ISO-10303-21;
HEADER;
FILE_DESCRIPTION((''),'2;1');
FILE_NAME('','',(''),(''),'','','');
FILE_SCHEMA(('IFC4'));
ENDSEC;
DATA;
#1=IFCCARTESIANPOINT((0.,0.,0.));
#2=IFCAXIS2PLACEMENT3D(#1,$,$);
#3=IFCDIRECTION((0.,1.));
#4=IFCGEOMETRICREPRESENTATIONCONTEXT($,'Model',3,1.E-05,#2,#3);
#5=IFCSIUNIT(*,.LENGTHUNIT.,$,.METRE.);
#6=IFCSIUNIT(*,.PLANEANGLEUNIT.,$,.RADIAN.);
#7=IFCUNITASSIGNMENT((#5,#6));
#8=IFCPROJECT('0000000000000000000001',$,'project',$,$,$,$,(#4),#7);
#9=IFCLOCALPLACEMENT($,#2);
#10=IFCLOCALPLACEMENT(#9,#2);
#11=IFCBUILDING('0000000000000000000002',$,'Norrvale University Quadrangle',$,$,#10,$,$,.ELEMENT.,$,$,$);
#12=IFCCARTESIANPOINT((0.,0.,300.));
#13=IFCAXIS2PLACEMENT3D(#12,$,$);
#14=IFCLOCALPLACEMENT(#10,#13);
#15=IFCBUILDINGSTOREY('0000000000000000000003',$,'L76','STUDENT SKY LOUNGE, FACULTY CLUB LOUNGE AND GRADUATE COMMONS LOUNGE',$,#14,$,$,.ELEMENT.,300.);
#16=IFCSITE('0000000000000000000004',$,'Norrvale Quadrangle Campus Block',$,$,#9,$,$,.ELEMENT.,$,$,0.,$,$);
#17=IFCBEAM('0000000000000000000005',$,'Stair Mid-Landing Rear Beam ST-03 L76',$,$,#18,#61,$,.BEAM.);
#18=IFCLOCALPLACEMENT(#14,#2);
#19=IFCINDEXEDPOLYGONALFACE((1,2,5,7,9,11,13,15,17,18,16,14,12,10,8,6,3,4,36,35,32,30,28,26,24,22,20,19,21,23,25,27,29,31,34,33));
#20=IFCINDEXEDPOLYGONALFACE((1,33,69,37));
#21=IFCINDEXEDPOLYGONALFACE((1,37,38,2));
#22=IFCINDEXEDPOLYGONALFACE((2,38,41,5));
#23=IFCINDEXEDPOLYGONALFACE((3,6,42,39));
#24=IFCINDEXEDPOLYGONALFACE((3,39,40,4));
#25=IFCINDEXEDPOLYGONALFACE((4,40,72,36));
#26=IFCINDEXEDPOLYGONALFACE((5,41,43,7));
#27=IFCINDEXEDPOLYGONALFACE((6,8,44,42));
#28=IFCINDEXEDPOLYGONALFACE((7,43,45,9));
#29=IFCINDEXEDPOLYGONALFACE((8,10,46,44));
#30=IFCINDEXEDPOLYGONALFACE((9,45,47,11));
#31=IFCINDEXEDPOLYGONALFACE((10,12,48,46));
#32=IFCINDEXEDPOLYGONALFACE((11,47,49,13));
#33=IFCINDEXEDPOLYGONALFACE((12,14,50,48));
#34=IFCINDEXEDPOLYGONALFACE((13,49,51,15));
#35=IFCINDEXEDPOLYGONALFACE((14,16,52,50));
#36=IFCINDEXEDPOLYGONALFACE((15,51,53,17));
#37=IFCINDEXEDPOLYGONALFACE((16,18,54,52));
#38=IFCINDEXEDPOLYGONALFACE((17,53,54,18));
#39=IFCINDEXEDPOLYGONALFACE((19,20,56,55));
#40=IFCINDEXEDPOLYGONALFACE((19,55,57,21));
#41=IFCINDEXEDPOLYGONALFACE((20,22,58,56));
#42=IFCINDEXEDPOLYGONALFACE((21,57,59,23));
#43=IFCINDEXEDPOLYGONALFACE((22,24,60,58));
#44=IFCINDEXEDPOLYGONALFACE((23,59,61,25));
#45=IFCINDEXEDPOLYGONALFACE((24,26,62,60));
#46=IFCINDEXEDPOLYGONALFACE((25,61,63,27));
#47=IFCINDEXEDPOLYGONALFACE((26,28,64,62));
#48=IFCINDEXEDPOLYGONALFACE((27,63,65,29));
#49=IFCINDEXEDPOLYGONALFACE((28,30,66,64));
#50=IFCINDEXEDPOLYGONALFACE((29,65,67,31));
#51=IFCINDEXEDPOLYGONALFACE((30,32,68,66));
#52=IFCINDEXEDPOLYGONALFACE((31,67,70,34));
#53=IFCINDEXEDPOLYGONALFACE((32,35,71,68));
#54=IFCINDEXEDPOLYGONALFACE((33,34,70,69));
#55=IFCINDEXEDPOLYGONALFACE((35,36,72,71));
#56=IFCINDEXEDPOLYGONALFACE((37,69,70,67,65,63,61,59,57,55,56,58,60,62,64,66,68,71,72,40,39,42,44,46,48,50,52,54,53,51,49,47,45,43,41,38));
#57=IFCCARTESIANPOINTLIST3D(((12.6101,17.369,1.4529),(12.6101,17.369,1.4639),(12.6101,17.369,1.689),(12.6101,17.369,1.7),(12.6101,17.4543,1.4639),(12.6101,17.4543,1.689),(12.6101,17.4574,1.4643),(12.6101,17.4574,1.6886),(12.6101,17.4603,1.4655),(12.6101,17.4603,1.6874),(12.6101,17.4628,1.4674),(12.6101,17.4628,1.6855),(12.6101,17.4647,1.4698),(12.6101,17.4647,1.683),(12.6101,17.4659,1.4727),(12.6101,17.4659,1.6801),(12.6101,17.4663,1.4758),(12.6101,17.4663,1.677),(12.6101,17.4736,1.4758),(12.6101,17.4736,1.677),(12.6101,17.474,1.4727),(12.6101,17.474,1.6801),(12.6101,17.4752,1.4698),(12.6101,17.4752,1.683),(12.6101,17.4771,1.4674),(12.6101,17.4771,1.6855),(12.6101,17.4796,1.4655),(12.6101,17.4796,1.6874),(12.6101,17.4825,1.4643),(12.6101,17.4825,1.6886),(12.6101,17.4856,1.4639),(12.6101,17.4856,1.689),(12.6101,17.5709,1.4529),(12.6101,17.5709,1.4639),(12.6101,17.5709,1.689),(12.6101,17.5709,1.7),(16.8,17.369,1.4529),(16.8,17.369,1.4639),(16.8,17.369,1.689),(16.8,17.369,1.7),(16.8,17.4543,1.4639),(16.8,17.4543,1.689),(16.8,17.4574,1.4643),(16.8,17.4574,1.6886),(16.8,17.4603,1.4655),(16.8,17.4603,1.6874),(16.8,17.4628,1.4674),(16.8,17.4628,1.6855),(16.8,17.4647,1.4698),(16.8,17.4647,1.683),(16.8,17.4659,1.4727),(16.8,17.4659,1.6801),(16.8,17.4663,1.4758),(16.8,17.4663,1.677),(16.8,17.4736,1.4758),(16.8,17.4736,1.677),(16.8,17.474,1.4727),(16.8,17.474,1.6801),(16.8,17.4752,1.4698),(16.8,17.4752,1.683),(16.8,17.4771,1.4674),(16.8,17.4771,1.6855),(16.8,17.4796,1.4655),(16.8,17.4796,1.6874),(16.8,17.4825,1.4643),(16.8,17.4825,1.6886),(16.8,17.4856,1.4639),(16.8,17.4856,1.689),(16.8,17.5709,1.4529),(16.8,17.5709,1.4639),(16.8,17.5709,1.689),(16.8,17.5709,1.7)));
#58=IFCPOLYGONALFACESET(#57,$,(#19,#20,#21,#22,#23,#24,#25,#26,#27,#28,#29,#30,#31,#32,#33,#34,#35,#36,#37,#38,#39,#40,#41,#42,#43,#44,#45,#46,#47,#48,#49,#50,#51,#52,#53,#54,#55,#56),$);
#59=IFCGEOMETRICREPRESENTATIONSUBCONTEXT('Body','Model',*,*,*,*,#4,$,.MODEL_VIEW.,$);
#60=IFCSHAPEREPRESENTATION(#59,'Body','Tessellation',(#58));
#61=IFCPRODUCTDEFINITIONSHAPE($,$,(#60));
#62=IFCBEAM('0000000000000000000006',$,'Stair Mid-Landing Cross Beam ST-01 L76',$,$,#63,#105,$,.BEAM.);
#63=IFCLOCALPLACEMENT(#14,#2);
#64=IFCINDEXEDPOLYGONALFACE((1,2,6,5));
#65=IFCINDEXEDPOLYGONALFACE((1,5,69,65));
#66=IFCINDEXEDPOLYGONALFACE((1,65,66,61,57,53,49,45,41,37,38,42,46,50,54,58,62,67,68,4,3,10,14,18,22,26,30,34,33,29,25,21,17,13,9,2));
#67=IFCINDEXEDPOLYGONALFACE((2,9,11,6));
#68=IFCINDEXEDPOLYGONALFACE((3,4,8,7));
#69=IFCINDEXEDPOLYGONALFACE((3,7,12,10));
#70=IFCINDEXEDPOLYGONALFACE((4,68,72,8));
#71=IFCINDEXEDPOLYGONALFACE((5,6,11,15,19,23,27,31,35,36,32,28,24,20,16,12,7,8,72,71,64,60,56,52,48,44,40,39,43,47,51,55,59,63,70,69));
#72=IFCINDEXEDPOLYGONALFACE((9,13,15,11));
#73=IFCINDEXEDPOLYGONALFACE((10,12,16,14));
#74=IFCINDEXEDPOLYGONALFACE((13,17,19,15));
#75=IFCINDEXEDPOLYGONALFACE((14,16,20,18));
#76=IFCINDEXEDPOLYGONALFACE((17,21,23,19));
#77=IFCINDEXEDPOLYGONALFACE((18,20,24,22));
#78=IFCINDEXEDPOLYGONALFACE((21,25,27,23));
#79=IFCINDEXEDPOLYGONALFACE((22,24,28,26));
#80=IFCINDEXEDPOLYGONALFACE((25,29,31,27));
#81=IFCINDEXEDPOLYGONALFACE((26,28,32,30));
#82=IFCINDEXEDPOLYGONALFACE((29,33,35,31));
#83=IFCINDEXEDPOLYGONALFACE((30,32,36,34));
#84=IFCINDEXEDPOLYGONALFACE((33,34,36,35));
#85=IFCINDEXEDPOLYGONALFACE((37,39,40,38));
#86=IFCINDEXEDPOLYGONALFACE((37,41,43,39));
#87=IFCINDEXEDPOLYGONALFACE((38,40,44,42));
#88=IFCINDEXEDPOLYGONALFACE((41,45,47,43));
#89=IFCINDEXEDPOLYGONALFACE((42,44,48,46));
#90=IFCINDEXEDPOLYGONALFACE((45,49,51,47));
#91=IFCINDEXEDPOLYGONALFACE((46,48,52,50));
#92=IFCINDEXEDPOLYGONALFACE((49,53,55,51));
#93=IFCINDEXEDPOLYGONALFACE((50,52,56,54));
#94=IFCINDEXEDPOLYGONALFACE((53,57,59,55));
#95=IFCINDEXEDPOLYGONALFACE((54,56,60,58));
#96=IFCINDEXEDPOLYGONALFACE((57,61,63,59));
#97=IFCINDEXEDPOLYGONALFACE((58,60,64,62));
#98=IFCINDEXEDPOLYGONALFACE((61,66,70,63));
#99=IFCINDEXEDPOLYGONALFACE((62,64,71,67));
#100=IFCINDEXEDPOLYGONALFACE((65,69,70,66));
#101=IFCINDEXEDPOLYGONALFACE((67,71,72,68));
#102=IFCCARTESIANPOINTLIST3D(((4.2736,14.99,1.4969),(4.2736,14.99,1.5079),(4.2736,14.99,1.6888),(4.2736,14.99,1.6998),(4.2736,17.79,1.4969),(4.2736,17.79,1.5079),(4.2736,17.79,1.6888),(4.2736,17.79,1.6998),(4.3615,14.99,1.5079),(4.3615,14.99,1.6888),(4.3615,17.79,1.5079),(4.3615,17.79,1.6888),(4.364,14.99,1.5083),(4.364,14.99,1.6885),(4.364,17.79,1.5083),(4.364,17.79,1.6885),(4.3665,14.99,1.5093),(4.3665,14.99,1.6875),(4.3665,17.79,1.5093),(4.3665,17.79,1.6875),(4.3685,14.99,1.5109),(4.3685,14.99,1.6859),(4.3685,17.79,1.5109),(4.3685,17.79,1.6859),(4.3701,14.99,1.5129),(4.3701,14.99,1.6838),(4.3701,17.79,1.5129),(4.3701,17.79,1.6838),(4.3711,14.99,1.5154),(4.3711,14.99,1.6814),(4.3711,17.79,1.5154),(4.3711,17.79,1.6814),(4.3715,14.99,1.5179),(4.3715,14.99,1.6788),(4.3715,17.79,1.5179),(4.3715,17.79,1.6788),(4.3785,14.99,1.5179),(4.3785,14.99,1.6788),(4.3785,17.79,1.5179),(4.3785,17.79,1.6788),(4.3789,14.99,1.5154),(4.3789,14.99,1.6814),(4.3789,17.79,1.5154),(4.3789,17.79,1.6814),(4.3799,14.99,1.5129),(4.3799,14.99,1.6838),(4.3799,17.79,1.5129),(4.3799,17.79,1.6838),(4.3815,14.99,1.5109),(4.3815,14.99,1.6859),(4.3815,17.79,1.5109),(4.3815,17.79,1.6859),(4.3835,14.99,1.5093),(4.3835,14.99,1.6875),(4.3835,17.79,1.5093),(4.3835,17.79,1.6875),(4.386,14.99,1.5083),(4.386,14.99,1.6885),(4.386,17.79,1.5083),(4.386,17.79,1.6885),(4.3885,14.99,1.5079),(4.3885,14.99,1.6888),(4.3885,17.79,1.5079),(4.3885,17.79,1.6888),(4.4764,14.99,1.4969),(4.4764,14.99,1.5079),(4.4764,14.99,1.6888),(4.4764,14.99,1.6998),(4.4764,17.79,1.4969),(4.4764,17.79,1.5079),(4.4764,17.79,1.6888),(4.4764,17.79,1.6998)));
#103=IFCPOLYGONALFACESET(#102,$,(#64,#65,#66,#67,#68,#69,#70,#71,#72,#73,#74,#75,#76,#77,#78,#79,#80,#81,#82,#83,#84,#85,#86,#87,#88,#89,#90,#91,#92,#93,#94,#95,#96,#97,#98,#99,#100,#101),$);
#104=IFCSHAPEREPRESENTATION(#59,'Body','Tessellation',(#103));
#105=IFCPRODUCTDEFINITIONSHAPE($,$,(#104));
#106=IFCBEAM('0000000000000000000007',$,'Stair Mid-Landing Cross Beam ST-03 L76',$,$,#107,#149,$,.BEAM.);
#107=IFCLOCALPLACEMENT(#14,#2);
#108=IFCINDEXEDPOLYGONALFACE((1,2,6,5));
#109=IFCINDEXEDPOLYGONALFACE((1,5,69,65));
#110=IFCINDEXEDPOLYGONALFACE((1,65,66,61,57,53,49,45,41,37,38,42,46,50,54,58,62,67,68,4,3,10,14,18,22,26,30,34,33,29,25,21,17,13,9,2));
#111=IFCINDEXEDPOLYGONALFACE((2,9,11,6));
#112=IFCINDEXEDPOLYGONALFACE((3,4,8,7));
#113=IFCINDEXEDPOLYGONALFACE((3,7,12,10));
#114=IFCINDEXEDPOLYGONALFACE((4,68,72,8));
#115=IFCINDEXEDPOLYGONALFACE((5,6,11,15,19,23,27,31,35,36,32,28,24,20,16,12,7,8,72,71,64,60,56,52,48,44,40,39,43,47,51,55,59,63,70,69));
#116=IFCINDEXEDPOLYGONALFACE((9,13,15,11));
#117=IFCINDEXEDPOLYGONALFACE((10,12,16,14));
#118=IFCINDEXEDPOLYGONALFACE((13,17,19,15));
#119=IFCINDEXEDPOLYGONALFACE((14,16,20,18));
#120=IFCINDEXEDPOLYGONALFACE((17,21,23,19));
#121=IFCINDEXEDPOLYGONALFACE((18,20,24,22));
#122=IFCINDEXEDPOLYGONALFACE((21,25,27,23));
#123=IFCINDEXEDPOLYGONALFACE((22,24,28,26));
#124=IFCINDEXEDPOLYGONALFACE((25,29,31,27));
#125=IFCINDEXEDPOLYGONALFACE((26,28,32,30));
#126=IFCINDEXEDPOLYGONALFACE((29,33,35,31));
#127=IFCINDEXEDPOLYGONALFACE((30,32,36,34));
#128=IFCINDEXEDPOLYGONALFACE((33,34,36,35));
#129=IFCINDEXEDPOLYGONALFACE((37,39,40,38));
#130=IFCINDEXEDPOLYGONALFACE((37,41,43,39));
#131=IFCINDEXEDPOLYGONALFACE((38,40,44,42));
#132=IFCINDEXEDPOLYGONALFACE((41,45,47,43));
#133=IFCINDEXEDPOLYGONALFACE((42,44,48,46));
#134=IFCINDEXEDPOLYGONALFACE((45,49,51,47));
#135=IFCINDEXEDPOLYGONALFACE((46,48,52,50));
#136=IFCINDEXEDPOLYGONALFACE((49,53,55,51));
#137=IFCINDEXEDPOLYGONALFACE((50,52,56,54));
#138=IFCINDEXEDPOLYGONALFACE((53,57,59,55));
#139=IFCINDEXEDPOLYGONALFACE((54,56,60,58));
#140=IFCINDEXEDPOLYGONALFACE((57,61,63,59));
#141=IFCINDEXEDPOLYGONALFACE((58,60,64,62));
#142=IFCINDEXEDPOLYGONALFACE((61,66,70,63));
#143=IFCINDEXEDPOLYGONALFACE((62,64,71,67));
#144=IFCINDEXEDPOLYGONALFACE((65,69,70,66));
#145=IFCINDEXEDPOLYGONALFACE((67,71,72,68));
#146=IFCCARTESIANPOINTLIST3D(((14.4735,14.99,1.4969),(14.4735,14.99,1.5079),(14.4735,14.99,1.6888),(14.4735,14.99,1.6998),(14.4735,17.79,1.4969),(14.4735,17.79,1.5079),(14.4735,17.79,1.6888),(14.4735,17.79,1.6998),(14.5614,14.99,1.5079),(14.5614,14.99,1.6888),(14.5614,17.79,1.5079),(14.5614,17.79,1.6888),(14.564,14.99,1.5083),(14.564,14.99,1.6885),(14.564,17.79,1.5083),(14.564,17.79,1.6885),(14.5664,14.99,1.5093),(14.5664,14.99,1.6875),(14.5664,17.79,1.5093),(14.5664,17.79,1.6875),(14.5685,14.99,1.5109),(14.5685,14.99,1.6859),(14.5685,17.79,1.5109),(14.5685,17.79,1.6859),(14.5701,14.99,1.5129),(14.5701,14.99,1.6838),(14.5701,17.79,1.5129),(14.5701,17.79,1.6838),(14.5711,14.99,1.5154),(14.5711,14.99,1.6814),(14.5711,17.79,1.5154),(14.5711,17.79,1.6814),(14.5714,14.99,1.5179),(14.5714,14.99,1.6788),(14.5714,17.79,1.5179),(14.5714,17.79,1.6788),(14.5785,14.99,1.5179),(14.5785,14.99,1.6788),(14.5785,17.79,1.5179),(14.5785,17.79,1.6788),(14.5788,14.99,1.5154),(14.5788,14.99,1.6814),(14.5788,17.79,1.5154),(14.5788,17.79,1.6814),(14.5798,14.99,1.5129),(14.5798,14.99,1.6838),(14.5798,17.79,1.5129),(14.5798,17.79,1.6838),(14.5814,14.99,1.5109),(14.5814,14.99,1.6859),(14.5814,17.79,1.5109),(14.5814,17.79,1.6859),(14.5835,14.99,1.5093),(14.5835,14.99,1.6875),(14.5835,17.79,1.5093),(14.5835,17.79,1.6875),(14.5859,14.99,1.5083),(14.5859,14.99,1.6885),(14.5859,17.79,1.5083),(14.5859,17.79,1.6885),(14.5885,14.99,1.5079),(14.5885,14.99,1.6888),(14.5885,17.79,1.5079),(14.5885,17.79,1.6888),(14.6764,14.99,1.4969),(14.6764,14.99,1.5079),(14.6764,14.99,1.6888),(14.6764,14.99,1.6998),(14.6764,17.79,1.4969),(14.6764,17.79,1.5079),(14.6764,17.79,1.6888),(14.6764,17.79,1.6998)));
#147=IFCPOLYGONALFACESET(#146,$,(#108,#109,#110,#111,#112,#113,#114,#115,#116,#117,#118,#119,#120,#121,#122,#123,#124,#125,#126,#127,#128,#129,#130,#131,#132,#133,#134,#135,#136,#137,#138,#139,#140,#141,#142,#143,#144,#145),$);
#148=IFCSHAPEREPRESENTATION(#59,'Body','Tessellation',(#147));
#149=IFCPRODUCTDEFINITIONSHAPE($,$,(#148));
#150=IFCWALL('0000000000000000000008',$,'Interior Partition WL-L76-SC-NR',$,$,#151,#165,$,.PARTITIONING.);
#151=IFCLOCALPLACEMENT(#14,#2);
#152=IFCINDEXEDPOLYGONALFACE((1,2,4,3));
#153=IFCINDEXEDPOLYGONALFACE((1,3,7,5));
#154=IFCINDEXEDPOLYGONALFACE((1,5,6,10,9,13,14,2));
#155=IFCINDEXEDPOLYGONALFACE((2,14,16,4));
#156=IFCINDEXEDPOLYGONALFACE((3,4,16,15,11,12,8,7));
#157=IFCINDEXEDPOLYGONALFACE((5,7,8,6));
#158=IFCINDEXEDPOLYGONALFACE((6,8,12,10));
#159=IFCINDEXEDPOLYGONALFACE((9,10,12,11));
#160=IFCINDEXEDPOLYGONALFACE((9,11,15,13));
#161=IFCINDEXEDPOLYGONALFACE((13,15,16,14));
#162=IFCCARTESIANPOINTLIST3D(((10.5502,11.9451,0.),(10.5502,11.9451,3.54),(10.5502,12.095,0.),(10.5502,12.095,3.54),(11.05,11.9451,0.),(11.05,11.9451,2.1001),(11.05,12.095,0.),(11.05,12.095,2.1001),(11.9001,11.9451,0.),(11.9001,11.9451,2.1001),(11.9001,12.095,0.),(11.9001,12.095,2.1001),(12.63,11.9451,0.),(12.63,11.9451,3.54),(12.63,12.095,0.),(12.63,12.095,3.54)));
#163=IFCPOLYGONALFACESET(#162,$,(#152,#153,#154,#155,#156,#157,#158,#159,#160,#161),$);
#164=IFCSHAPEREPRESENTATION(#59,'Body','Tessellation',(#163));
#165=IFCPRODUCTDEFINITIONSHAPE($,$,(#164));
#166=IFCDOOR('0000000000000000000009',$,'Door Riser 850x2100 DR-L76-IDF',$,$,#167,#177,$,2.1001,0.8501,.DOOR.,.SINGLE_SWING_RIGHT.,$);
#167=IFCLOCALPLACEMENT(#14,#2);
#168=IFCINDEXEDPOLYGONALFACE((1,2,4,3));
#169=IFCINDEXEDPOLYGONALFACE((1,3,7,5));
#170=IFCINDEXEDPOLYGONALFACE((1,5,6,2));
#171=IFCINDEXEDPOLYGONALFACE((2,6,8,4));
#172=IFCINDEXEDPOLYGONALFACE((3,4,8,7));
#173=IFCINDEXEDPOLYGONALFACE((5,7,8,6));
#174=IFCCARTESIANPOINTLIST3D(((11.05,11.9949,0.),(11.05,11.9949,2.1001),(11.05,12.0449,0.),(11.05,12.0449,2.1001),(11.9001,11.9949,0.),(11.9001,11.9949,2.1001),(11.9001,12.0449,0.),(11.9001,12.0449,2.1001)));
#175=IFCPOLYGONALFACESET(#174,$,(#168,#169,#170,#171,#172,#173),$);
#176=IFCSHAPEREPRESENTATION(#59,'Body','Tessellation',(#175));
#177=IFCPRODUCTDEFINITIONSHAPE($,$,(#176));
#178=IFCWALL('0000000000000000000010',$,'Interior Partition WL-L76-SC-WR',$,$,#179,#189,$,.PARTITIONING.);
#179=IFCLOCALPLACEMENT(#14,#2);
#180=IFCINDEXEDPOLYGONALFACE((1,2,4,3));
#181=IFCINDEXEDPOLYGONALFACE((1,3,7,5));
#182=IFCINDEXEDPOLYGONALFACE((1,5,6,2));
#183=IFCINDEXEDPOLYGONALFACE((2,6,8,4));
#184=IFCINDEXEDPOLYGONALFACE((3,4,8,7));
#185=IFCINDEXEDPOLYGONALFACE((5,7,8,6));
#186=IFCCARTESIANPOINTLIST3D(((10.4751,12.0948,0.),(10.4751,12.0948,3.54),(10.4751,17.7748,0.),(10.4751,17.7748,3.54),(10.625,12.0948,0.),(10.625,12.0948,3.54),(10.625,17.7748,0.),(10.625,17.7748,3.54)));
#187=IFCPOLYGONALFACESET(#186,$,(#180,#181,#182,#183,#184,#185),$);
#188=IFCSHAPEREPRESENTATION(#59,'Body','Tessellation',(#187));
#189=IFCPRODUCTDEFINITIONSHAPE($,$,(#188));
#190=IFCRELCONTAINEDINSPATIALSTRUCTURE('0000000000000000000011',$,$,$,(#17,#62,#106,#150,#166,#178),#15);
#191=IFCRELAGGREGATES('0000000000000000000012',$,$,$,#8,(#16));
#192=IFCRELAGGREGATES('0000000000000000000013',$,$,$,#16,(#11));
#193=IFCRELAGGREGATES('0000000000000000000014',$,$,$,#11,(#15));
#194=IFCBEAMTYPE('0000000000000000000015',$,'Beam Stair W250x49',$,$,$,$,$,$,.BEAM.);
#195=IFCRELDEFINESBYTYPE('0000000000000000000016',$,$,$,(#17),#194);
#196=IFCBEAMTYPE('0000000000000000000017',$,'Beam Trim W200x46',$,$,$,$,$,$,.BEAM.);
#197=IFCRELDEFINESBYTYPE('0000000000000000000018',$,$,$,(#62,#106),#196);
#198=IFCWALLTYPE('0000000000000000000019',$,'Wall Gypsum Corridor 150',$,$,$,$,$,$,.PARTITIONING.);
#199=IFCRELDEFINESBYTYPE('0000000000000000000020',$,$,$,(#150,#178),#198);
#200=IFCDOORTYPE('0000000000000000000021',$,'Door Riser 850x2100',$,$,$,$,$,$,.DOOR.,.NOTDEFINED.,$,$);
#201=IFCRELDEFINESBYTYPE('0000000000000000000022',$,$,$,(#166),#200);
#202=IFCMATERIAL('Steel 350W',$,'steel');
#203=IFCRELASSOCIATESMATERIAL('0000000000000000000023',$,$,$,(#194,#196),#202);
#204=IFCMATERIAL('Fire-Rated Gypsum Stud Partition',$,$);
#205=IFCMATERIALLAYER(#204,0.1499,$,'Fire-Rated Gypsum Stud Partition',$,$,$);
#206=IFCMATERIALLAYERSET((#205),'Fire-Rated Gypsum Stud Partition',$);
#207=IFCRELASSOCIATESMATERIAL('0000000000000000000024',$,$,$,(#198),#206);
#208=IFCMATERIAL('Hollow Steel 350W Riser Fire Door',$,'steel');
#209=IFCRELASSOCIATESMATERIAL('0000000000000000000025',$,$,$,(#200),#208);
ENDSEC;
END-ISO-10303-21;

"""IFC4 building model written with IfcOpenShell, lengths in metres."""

from ifc_helpers import new_model, si_unit, direction, frame, frame_2d, origin, origin_2d, place, context, subcontext, project, spatial, rectangle, i_section, extrude, material, layer, layer_set, material_profile, profile_set, type_object, element, fill, save


model = new_model("IFC4")

# Units and contexts
model_context = context("Model", 3, precision=1e-05, world=origin(), true_north=direction((0.0, 1.0)))
body_context = subcontext(model_context, "Body", "Model", "MODEL_VIEW")
ifc_project = project(units=[si_unit("LENGTHUNIT", "METRE"), si_unit("PLANEANGLEUNIT", "RADIAN")], contexts=[model_context])

# Site, building, storey
site_placement = place(None, origin())
site = spatial("IfcSite", under=ifc_project, at=site_placement, Name="Norrvale Quadrangle Campus Block", CompositionType="ELEMENT", RefElevation=0.0)
building_placement = place(site_placement, origin())
building = spatial("IfcBuilding", under=site, at=building_placement, Name="Norrvale University Quadrangle", CompositionType="ELEMENT")
storey_placement = place(building_placement, frame((0.0, 0.0, 300.0)))
storey = spatial("IfcBuildingStorey", under=building, at=storey_placement, Name="L76", Description="STUDENT SKY LOUNGE, FACULTY CLUB LOUNGE AND GRADUATE COMMONS LOUNGE", CompositionType="ELEMENT", Elevation=300.0)

# Beams
ifc_material_1 = material(Name="Steel 350W", Category="steel")
ifc_material_profile_1 = material_profile(ifc_material_1, i_section(OverallWidth=0.2019, OverallDepth=0.2471, WebThickness=0.0073, FlangeThickness=0.011, FilletRadius=0.012, at=origin_2d()), Name="Steel 350W")
ifc_profile_set_1 = profile_set([ifc_material_profile_1], Name="Steel 350W")
beam_type_1 = type_object("IfcBeamType", Name="Beam Stair W250x49", PredefinedType="BEAM", material=ifc_profile_set_1)
for number, where, z_axis, x_axis, name in (
    (1, (12.6101, 17.47, 1.5764), (1.0, 0.0, 0.0), (0.0, 1.0, 0.0), "Stair Mid-Landing Rear Beam ST-03 L76"),
):
    element("IfcBeam", number, at=place(storey_placement, frame(where, z_axis=z_axis, x_axis=x_axis)), inside=storey, type_object=beam_type_1, Name=name, PredefinedType="BEAM", context=body_context, shape_type="SweptSolid", body=[
        extrude(i_section(OverallWidth=0.2019, OverallDepth=0.2471, WebThickness=0.0073, FlangeThickness=0.011, FilletRadius=0.012, at=origin_2d()), origin(), (0.0, 0.0, 1.0), 4.1899),
    ])
ifc_material_profile_2 = material_profile(ifc_material_1, i_section(OverallWidth=0.2029, OverallDepth=0.2029, WebThickness=0.0071, FlangeThickness=0.011, FilletRadius=0.01, at=origin_2d()), Name="Steel 350W")
ifc_profile_set_2 = profile_set([ifc_material_profile_2], Name="Steel 350W")
beam_type_2 = type_object("IfcBeamType", Name="Beam Trim W200x46", PredefinedType="BEAM", material=ifc_profile_set_2)
for number, where, z_axis, x_axis, name in (
    (2, (4.375, 14.99, 1.5984), (0.0, 1.0, 0.0), (-1.0, 0.0, 0.0), "Stair Mid-Landing Cross Beam ST-01 L76"),
    (3, (14.575, 14.99, 1.5984), (0.0, 1.0, 0.0), (-1.0, 0.0, 0.0), "Stair Mid-Landing Cross Beam ST-03 L76"),
):
    element("IfcBeam", number, at=place(storey_placement, frame(where, z_axis=z_axis, x_axis=x_axis)), inside=storey, type_object=beam_type_2, Name=name, PredefinedType="BEAM", context=body_context, shape_type="SweptSolid", body=[
        extrude(i_section(OverallWidth=0.2029, OverallDepth=0.2029, WebThickness=0.0071, FlangeThickness=0.011, FilletRadius=0.01, at=origin_2d()), origin(), (0.0, 0.0, 1.0), 2.8),
    ])

# Wall, opening, door
ifc_material_2 = material(Name="Fire-Rated Gypsum Stud Partition")
ifc_layer_1 = layer(ifc_material_2, 0.1499, Name="Fire-Rated Gypsum Stud Partition")
ifc_layer_set_1 = layer_set([ifc_layer_1], Name="Fire-Rated Gypsum Stud Partition")
wall_type_1 = type_object("IfcWallType", Name="Wall Gypsum Corridor 150", PredefinedType="PARTITIONING", material=ifc_layer_set_1)
wall_1_placement = place(storey_placement, frame((10.55, 12.02, 0.0), z_axis=(0.0, 0.0, 1.0), x_axis=(1.0, 0.0, 0.0)))
wall_1 = element("IfcWall", 4, at=wall_1_placement, inside=storey, type_object=wall_type_1, Name="Interior Partition WL-L76-SC-NR", PredefinedType="PARTITIONING", context=body_context, shape_type="SweptSolid", body=[
    extrude(rectangle(XDim=2.0798, YDim=0.1499, at=frame_2d((1.04, 0.0))), origin(), (0.0, 0.0, 1.0), 3.54),
])
opening_1_placement = place(wall_1_placement, frame((0.5, 0.0, 0.0)))
opening_1 = element("IfcOpeningElement", 5, at=opening_1_placement, cuts=wall_1, PredefinedType="OPENING", context=body_context, shape_type="SweptSolid", body=[
    extrude(rectangle(XDim=0.8501, YDim=2.1001, at=frame_2d((0.425, 1.05))), frame((0.0, 0.0869, 0.0), z_axis=(0.0, -1.0, 0.0), x_axis=(1.0, 0.0, 0.0)), (0.0, 0.0, 1.0), 0.1738),
])
ifc_material_3 = material(Name="Hollow Steel 350W Riser Fire Door", Category="steel")
door_type_1 = type_object("IfcDoorType", Name="Door Riser 850x2100", OperationType="NOTDEFINED", PredefinedType="DOOR", material=ifc_material_3)
door_1_placement = place(opening_1_placement, origin())
door_1 = element("IfcDoor", 6, at=door_1_placement, inside=storey, type_object=door_type_1, Name="Door Riser 850x2100 DR-L76-IDF", OperationType="SINGLE_SWING_RIGHT", OverallHeight=2.1001, OverallWidth=0.8501, PredefinedType="DOOR", context=body_context, shape_type="SweptSolid", body=[
    extrude(rectangle(XDim=0.8501, YDim=2.1001, at=frame_2d((0.425, 1.05))), frame((0.0, 0.0249, 0.0), z_axis=(0.0, -1.0, 0.0), x_axis=(1.0, 0.0, 0.0)), (0.0, 0.0, 1.0), 0.05),
])
fill(opening_1, door_1)

# Wall
wall_2_placement = place(storey_placement, frame((10.55, 12.095, 0.0), z_axis=(0.0, 0.0, 1.0), x_axis=(0.0, 1.0, 0.0)))
element("IfcWall", 7, at=wall_2_placement, inside=storey, type_object=wall_type_1, Name="Interior Partition WL-L76-SC-WR", PredefinedType="PARTITIONING", context=body_context, shape_type="SweptSolid", body=[
    extrude(rectangle(XDim=5.6799, YDim=0.1499, at=frame_2d((2.8398, 0.0))), origin(), (0.0, 0.0, 1.0), 3.54),
])

save(model, "model.ifc")
